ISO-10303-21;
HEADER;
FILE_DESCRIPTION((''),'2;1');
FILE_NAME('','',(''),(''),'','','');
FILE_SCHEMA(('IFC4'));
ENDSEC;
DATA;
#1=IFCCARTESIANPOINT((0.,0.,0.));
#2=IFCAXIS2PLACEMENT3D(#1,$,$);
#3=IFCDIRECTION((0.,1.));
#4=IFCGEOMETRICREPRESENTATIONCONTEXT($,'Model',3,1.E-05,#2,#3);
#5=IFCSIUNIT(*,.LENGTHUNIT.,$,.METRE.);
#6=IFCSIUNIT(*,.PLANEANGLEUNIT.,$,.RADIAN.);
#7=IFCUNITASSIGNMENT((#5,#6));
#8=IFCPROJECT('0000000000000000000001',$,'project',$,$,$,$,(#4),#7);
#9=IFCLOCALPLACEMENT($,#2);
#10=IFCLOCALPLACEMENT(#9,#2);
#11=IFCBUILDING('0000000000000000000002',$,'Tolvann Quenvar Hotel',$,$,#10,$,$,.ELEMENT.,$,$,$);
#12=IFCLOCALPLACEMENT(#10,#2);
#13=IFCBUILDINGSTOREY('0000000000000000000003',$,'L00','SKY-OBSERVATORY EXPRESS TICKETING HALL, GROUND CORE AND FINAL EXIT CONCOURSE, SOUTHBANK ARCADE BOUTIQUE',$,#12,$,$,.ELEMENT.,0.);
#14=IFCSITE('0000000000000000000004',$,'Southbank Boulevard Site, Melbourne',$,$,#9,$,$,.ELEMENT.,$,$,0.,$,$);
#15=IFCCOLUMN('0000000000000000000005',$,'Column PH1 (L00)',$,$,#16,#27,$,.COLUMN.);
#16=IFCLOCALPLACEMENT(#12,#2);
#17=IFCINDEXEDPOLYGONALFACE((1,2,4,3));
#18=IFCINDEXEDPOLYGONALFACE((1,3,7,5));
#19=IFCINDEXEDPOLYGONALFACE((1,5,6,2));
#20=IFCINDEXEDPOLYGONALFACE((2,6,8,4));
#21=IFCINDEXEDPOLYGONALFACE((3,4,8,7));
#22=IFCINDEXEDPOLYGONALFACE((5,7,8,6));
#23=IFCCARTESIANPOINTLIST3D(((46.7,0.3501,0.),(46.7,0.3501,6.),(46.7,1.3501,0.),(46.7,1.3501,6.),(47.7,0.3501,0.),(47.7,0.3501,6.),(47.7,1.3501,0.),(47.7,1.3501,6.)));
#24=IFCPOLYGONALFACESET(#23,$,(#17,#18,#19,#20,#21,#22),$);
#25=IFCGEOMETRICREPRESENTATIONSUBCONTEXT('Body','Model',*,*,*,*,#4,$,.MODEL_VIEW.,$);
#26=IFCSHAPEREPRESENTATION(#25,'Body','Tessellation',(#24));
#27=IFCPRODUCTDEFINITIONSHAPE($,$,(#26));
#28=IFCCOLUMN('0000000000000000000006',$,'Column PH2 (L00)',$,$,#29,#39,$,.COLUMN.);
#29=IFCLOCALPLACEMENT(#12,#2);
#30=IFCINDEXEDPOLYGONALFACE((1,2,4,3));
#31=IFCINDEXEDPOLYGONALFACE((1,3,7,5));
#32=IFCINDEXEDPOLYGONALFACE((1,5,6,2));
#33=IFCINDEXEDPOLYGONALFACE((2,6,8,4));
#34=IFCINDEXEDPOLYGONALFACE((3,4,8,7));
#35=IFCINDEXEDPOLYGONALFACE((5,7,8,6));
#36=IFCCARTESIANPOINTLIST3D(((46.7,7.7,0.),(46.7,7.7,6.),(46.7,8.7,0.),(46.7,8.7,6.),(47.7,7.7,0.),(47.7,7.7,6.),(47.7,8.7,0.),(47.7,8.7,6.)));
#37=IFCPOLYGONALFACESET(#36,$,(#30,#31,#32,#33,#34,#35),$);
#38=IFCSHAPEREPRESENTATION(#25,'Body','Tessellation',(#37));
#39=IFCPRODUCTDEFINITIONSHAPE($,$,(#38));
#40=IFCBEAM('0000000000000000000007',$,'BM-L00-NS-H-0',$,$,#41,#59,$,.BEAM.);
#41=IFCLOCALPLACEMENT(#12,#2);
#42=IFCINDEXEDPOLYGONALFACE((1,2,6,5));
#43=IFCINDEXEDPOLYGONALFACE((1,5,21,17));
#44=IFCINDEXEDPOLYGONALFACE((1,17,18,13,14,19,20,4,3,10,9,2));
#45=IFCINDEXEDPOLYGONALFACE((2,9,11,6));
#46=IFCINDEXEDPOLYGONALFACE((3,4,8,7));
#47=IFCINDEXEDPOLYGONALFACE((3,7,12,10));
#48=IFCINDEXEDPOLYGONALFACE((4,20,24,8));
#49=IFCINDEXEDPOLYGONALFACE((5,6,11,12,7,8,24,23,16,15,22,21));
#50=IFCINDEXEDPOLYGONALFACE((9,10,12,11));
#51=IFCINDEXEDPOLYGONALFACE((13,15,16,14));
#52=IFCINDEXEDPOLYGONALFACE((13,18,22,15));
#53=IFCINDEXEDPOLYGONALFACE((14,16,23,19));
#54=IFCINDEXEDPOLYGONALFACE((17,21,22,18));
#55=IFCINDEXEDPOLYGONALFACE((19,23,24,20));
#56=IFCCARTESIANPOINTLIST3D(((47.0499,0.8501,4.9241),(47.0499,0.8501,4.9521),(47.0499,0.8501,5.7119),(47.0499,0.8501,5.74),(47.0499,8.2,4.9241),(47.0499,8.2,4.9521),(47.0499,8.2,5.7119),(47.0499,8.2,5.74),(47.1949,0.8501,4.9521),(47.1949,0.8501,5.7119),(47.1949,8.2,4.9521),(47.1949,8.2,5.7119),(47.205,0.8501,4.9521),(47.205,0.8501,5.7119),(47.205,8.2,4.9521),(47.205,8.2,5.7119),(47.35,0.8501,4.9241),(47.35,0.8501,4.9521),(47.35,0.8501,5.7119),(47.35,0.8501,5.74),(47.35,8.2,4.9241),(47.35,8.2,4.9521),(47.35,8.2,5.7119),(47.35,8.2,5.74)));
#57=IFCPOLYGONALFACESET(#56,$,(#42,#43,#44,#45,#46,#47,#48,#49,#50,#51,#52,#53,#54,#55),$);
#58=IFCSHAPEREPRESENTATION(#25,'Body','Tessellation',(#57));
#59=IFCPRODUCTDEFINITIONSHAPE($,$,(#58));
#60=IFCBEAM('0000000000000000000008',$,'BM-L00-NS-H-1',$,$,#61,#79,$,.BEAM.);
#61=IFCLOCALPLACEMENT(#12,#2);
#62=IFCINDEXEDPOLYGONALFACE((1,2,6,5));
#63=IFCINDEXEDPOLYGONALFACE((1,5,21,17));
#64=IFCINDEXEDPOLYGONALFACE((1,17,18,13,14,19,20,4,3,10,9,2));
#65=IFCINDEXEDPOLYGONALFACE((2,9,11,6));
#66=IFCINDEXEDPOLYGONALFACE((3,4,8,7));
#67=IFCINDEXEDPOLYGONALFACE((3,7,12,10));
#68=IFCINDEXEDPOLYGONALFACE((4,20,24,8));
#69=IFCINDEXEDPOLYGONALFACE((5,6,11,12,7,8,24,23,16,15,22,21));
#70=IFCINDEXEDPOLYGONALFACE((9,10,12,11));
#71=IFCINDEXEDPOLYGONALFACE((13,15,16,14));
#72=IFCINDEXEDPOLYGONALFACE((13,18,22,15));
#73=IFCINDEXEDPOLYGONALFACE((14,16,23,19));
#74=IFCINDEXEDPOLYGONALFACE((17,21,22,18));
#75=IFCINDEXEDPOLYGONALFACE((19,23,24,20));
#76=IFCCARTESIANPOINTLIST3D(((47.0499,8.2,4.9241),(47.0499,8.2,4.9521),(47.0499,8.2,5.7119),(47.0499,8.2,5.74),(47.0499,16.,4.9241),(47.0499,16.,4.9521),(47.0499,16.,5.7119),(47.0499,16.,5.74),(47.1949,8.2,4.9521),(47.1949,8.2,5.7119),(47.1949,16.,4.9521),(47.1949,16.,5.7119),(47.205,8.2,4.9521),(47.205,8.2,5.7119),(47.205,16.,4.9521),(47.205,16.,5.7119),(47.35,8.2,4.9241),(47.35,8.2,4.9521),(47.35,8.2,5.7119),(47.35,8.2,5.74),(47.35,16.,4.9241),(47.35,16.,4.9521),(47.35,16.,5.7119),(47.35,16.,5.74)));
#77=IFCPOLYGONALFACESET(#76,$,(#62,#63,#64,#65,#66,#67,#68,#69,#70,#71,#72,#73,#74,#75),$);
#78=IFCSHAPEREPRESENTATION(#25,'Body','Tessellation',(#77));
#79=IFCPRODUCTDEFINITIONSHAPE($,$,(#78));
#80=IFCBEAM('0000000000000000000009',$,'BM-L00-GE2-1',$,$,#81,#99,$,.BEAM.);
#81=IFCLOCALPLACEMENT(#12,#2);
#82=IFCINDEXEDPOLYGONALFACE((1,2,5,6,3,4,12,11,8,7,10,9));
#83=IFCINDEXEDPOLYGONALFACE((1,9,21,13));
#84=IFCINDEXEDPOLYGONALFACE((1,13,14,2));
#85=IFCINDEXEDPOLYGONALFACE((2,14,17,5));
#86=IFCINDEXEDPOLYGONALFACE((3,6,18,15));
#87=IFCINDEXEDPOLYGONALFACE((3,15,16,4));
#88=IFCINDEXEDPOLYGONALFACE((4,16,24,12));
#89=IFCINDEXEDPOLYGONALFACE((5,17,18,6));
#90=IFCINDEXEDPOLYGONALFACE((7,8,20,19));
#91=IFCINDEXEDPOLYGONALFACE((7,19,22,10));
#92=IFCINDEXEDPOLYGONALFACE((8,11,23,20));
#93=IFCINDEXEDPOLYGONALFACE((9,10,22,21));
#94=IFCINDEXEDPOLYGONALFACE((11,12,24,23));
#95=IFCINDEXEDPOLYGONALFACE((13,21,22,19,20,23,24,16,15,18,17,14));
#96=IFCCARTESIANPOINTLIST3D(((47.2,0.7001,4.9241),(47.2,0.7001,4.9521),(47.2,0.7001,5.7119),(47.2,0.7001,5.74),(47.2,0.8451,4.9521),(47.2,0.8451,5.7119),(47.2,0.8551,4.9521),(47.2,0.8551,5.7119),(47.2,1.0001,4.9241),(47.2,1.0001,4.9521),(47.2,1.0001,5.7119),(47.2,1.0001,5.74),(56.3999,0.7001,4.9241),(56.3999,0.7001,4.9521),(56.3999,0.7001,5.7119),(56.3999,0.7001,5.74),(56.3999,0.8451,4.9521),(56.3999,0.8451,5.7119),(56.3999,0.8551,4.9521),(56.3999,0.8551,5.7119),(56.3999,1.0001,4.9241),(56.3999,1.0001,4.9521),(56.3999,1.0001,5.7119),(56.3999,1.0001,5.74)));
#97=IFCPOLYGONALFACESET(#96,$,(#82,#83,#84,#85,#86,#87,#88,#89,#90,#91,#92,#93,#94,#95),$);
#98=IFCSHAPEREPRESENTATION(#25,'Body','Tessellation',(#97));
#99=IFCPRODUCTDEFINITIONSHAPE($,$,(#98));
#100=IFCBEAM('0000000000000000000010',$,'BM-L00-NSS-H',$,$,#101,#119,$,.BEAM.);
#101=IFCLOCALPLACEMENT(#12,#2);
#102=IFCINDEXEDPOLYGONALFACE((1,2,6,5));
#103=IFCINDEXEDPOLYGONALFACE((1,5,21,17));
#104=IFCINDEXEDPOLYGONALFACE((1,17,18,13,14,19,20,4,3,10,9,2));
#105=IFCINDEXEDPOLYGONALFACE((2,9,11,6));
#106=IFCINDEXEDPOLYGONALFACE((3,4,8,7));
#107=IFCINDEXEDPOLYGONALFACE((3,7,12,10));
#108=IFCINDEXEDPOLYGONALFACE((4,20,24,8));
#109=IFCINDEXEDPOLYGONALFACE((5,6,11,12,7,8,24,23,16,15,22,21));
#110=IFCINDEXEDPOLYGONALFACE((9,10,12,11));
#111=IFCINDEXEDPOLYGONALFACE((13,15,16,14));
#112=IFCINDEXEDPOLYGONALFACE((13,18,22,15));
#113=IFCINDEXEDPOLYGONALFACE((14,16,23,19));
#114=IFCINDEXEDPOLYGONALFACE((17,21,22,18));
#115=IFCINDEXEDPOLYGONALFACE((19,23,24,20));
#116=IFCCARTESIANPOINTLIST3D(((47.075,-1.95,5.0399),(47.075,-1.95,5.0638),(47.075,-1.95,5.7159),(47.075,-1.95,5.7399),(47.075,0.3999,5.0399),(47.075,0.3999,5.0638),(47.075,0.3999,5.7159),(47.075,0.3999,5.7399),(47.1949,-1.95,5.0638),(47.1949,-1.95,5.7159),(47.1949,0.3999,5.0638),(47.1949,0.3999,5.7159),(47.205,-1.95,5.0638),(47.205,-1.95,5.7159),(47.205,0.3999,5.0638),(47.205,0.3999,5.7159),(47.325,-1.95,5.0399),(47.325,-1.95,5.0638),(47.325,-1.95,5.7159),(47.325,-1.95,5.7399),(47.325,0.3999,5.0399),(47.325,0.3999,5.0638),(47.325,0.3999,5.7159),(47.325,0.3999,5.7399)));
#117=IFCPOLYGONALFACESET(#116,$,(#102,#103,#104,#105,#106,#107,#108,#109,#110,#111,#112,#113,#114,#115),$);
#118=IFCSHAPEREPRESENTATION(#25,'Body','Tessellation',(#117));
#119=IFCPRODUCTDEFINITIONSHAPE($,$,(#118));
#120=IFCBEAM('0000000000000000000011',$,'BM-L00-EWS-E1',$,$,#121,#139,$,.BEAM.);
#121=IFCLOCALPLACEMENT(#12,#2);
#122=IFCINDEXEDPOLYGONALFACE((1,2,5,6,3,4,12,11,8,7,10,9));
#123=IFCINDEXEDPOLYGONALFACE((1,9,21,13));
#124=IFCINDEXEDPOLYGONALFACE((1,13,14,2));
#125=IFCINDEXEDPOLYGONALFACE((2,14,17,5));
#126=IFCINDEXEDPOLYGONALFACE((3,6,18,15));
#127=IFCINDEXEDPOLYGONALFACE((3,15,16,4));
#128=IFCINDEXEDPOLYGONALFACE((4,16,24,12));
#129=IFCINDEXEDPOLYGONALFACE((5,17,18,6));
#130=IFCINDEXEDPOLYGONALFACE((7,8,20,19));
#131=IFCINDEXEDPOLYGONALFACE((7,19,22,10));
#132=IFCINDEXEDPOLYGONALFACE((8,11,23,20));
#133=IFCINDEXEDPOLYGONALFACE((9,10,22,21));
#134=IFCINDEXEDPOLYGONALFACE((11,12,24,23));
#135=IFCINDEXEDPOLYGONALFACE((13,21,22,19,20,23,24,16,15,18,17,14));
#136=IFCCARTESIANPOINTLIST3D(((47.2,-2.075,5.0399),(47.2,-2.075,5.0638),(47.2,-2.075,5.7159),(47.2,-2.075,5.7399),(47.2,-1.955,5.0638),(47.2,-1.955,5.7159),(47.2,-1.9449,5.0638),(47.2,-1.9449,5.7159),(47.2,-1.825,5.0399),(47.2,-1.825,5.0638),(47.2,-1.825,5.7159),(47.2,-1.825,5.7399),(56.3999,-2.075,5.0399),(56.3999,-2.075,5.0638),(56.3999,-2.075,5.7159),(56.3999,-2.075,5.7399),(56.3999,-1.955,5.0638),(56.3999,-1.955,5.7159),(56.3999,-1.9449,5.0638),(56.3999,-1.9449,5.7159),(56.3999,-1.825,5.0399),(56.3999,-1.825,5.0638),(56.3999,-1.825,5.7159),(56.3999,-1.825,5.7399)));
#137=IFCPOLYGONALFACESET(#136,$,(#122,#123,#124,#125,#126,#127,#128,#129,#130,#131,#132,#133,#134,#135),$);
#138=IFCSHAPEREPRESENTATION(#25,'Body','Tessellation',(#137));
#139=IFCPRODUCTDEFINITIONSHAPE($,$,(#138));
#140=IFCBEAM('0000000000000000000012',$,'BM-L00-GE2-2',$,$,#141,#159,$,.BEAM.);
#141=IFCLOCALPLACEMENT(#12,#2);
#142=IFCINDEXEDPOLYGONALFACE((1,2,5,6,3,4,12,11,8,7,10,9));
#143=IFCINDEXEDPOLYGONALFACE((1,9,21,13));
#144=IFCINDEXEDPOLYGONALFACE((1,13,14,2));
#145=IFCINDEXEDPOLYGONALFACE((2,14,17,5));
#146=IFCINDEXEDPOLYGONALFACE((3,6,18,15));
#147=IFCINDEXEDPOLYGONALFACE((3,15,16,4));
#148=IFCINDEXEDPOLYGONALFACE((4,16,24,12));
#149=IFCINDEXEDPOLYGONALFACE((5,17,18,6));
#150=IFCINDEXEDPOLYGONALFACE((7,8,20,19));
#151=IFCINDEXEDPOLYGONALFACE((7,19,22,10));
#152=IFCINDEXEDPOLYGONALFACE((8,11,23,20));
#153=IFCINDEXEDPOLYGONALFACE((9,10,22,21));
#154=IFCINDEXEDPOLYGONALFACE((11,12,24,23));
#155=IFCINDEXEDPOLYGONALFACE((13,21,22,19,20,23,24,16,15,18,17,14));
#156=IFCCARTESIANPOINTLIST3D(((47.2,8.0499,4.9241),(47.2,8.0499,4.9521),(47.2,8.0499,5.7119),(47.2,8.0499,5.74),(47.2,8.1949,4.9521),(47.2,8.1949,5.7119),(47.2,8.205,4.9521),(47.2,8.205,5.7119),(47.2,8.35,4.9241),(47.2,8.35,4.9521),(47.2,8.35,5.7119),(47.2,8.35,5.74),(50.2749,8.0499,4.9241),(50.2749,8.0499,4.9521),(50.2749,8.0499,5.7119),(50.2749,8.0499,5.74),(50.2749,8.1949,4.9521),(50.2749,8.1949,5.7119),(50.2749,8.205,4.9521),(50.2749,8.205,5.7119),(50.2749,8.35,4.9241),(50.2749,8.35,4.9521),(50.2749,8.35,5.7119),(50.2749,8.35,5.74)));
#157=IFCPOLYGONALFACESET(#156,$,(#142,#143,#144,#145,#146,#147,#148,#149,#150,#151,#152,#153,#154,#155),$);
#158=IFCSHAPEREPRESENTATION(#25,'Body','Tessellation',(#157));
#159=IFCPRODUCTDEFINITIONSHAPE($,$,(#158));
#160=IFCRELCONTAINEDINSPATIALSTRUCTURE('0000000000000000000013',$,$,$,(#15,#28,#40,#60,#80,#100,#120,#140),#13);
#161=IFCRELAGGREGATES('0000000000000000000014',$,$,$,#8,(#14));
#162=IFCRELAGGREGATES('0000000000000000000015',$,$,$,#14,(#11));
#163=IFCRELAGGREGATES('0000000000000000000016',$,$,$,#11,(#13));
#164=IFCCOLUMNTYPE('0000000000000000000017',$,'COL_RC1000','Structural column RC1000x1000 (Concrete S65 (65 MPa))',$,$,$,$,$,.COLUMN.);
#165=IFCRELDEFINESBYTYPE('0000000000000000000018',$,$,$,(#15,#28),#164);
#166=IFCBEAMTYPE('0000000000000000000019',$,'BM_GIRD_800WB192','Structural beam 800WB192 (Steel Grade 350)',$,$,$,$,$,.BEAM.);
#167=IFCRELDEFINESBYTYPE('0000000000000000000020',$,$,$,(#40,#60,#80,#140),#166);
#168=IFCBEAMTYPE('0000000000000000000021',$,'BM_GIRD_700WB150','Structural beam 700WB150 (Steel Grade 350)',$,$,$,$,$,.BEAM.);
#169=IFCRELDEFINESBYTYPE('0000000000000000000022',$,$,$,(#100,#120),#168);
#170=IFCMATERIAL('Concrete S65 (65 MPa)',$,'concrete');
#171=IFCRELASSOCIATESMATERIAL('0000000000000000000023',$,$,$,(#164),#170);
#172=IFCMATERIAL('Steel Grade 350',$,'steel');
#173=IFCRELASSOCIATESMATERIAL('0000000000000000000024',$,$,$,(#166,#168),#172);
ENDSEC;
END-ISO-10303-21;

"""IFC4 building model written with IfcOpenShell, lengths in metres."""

from ifc_helpers import new_model, si_unit, direction, frame, origin, origin_2d, place, context, subcontext, project, spatial, rectangle, i_section, extrude, source, transform, mapped, material, material_profile, profile_set, type_object, type_shapes, element, save


model = new_model("IFC4")

# Units and contexts
model_context = context("Model", 3, precision=1e-05, world=origin(), true_north=direction((0.0, 1.0)))
body_context = subcontext(model_context, "Body", "Model", "MODEL_VIEW")
ifc_project = project(units=[si_unit("LENGTHUNIT", "METRE"), si_unit("PLANEANGLEUNIT", "RADIAN")], contexts=[model_context])

# Site, building, storey
site_placement = place(None, origin())
site = spatial("IfcSite", under=ifc_project, at=site_placement, Name="Southbank Boulevard Site, Melbourne", CompositionType="ELEMENT", RefElevation=0.0)
building_placement = place(site_placement, origin())
building = spatial("IfcBuilding", under=site, at=building_placement, Name="Tolvann Quenvar Hotel", CompositionType="ELEMENT")
storey_placement = place(building_placement, origin())
storey = spatial("IfcBuildingStorey", under=building, at=storey_placement, Name="L00", Description="SKY-OBSERVATORY EXPRESS TICKETING HALL, GROUND CORE AND FINAL EXIT CONCOURSE, SOUTHBANK ARCADE BOUTIQUE", CompositionType="ELEMENT", Elevation=0.0)

# Columns
ifc_material_1 = material(Name="Concrete S65 (65 MPa)", Category="concrete")
ifc_material_profile_1 = material_profile(ifc_material_1, rectangle(XDim=1.0, YDim=1.0, at=origin_2d()), Name="RC1000x1000")
ifc_profile_set_1 = profile_set([ifc_material_profile_1], Name="Concrete S65 (65 MPa)")
column_type = type_object("IfcColumnType", Name="COL_RC1000", Description="Structural column RC1000x1000 (Concrete S65 (65 MPa))", PredefinedType="COLUMN", material=ifc_profile_set_1)
shared_shape_1 = source(origin(), body_context, "Body", "SweptSolid", [
    extrude(rectangle(XDim=1.0, YDim=1.0, at=origin_2d()), origin(), (0.0, 0.0, 1.0), 6.0),
])
type_shapes(column_type, [shared_shape_1])
for number, where, z_axis, x_axis, name in (
    (1, (47.2, 0.8501, 0.0), (0.0, 0.0, 1.0), (1.0, 0.0, 0.0), "Column PH1 (L00)"),
    (2, (47.2, 8.2, 0.0), (0.0, 0.0, 1.0), (1.0, 0.0, 0.0), "Column PH2 (L00)"),
):
    element("IfcColumn", number, at=place(storey_placement, frame(where, z_axis=z_axis, x_axis=x_axis)), inside=storey, type_object=column_type, Name=name, PredefinedType="COLUMN", context=body_context, shape_type="MappedRepresentation", body=[
        mapped(shared_shape_1, transform((0.0, 0.0, 0.0), x_axis=(1.0, 0.0, 0.0), y_axis=(0.0, 1.0, 0.0), z_axis=(0.0, 0.0, 1.0), scale=1.0)),
    ])

# Beams
ifc_material_2 = material(Name="Steel Grade 350", Category="steel")
ifc_material_profile_2 = material_profile(ifc_material_2, i_section(OverallWidth=0.3, OverallDepth=0.8159, WebThickness=0.01, FlangeThickness=0.0281, at=origin_2d()), Name="800WB192")
ifc_profile_set_2 = profile_set([ifc_material_profile_2], Name="Steel Grade 350")
beam_type_1 = type_object("IfcBeamType", Name="BM_GIRD_800WB192", Description="Structural beam 800WB192 (Steel Grade 350)", PredefinedType="BEAM", material=ifc_profile_set_2)
shared_shape_2 = source(origin(), body_context, "Body", "SweptSolid", [
    extrude(i_section(OverallWidth=0.3, OverallDepth=0.8159, WebThickness=0.01, FlangeThickness=0.0281, at=origin_2d()), origin(), (0.0, 0.0, 1.0), 7.3499),
])
beam_1_placement = place(storey_placement, frame((47.2, 0.8501, 5.332), z_axis=(0.0, 1.0, 0.0), x_axis=(-1.0, 0.0, 0.0)))
element("IfcBeam", 3, at=beam_1_placement, inside=storey, type_object=beam_type_1, Name="BM-L00-NS-H-0", PredefinedType="BEAM", context=body_context, shape_type="MappedRepresentation", body=[
    mapped(shared_shape_2, transform((0.0, 0.0, 0.0), x_axis=(1.0, 0.0, 0.0), y_axis=(0.0, 1.0, 0.0), z_axis=(0.0, 0.0, 1.0), scale=1.0)),
])
shared_shape_3 = source(origin(), body_context, "Body", "SweptSolid", [
    extrude(i_section(OverallWidth=0.3, OverallDepth=0.8159, WebThickness=0.01, FlangeThickness=0.0281, at=origin_2d()), origin(), (0.0, 0.0, 1.0), 7.8),
])
beam_2_placement = place(storey_placement, frame((47.2, 8.2, 5.332), z_axis=(0.0, 1.0, 0.0), x_axis=(-1.0, 0.0, 0.0)))
element("IfcBeam", 4, at=beam_2_placement, inside=storey, type_object=beam_type_1, Name="BM-L00-NS-H-1", PredefinedType="BEAM", context=body_context, shape_type="MappedRepresentation", body=[
    mapped(shared_shape_3, transform((0.0, 0.0, 0.0), x_axis=(1.0, 0.0, 0.0), y_axis=(0.0, 1.0, 0.0), z_axis=(0.0, 0.0, 1.0), scale=1.0)),
])
shared_shape_4 = source(origin(), body_context, "Body", "SweptSolid", [
    extrude(i_section(OverallWidth=0.3, OverallDepth=0.8159, WebThickness=0.01, FlangeThickness=0.0281, at=origin_2d()), origin(), (0.0, 0.0, 1.0), 9.2),
])
beam_3_placement = place(storey_placement, frame((47.2, 0.8501, 5.332), z_axis=(1.0, 0.0, 0.0), x_axis=(0.0, 1.0, 0.0)))
element("IfcBeam", 5, at=beam_3_placement, inside=storey, type_object=beam_type_1, Name="BM-L00-GE2-1", PredefinedType="BEAM", context=body_context, shape_type="MappedRepresentation", body=[
    mapped(shared_shape_4, transform((0.0, 0.0, 0.0), x_axis=(1.0, 0.0, 0.0), y_axis=(0.0, 1.0, 0.0), z_axis=(0.0, 0.0, 1.0), scale=1.0)),
])
ifc_material_profile_3 = material_profile(ifc_material_2, i_section(OverallWidth=0.25, OverallDepth=0.7, WebThickness=0.01, FlangeThickness=0.0239, at=origin_2d()), Name="700WB150")
ifc_profile_set_3 = profile_set([ifc_material_profile_3], Name="Steel Grade 350")
beam_type_2 = type_object("IfcBeamType", Name="BM_GIRD_700WB150", Description="Structural beam 700WB150 (Steel Grade 350)", PredefinedType="BEAM", material=ifc_profile_set_3)
shared_shape_5 = source(origin(), body_context, "Body", "SweptSolid", [
    extrude(i_section(OverallWidth=0.25, OverallDepth=0.7, WebThickness=0.01, FlangeThickness=0.0239, at=origin_2d()), origin(), (0.0, 0.0, 1.0), 2.3499),
])
beam_4_placement = place(storey_placement, frame((47.2, -1.95, 5.3899), z_axis=(0.0, 1.0, 0.0), x_axis=(-1.0, 0.0, 0.0)))
element("IfcBeam", 6, at=beam_4_placement, inside=storey, type_object=beam_type_2, Name="BM-L00-NSS-H", PredefinedType="BEAM", context=body_context, shape_type="MappedRepresentation", body=[
    mapped(shared_shape_5, transform((0.0, 0.0, 0.0), x_axis=(1.0, 0.0, 0.0), y_axis=(0.0, 1.0, 0.0), z_axis=(0.0, 0.0, 1.0), scale=1.0)),
])
shared_shape_6 = source(origin(), body_context, "Body", "SweptSolid", [
    extrude(i_section(OverallWidth=0.25, OverallDepth=0.7, WebThickness=0.01, FlangeThickness=0.0239, at=origin_2d()), origin(), (0.0, 0.0, 1.0), 9.2),
])
type_shapes(beam_type_2, [shared_shape_5, shared_shape_6])
beam_5_placement = place(storey_placement, frame((47.2, -1.95, 5.3899), z_axis=(1.0, 0.0, 0.0), x_axis=(0.0, 1.0, 0.0)))
element("IfcBeam", 7, at=beam_5_placement, inside=storey, type_object=beam_type_2, Name="BM-L00-EWS-E1", PredefinedType="BEAM", context=body_context, shape_type="MappedRepresentation", body=[
    mapped(shared_shape_6, transform((0.0, 0.0, 0.0), x_axis=(1.0, 0.0, 0.0), y_axis=(0.0, 1.0, 0.0), z_axis=(0.0, 0.0, 1.0), scale=1.0)),
])
shared_shape_7 = source(origin(), body_context, "Body", "SweptSolid", [
    extrude(i_section(OverallWidth=0.3, OverallDepth=0.8159, WebThickness=0.01, FlangeThickness=0.0281, at=origin_2d()), origin(), (0.0, 0.0, 1.0), 3.075),
])
type_shapes(beam_type_1, [shared_shape_2, shared_shape_3, shared_shape_4, shared_shape_7])
beam_6_placement = place(storey_placement, frame((47.2, 8.2, 5.332), z_axis=(1.0, 0.0, 0.0), x_axis=(0.0, 1.0, 0.0)))
element("IfcBeam", 8, at=beam_6_placement, inside=storey, type_object=beam_type_1, Name="BM-L00-GE2-2", PredefinedType="BEAM", context=body_context, shape_type="MappedRepresentation", body=[
    mapped(shared_shape_7, transform((0.0, 0.0, 0.0), x_axis=(1.0, 0.0, 0.0), y_axis=(0.0, 1.0, 0.0), z_axis=(0.0, 0.0, 1.0), scale=1.0)),
])

save(model, "model.ifc")
